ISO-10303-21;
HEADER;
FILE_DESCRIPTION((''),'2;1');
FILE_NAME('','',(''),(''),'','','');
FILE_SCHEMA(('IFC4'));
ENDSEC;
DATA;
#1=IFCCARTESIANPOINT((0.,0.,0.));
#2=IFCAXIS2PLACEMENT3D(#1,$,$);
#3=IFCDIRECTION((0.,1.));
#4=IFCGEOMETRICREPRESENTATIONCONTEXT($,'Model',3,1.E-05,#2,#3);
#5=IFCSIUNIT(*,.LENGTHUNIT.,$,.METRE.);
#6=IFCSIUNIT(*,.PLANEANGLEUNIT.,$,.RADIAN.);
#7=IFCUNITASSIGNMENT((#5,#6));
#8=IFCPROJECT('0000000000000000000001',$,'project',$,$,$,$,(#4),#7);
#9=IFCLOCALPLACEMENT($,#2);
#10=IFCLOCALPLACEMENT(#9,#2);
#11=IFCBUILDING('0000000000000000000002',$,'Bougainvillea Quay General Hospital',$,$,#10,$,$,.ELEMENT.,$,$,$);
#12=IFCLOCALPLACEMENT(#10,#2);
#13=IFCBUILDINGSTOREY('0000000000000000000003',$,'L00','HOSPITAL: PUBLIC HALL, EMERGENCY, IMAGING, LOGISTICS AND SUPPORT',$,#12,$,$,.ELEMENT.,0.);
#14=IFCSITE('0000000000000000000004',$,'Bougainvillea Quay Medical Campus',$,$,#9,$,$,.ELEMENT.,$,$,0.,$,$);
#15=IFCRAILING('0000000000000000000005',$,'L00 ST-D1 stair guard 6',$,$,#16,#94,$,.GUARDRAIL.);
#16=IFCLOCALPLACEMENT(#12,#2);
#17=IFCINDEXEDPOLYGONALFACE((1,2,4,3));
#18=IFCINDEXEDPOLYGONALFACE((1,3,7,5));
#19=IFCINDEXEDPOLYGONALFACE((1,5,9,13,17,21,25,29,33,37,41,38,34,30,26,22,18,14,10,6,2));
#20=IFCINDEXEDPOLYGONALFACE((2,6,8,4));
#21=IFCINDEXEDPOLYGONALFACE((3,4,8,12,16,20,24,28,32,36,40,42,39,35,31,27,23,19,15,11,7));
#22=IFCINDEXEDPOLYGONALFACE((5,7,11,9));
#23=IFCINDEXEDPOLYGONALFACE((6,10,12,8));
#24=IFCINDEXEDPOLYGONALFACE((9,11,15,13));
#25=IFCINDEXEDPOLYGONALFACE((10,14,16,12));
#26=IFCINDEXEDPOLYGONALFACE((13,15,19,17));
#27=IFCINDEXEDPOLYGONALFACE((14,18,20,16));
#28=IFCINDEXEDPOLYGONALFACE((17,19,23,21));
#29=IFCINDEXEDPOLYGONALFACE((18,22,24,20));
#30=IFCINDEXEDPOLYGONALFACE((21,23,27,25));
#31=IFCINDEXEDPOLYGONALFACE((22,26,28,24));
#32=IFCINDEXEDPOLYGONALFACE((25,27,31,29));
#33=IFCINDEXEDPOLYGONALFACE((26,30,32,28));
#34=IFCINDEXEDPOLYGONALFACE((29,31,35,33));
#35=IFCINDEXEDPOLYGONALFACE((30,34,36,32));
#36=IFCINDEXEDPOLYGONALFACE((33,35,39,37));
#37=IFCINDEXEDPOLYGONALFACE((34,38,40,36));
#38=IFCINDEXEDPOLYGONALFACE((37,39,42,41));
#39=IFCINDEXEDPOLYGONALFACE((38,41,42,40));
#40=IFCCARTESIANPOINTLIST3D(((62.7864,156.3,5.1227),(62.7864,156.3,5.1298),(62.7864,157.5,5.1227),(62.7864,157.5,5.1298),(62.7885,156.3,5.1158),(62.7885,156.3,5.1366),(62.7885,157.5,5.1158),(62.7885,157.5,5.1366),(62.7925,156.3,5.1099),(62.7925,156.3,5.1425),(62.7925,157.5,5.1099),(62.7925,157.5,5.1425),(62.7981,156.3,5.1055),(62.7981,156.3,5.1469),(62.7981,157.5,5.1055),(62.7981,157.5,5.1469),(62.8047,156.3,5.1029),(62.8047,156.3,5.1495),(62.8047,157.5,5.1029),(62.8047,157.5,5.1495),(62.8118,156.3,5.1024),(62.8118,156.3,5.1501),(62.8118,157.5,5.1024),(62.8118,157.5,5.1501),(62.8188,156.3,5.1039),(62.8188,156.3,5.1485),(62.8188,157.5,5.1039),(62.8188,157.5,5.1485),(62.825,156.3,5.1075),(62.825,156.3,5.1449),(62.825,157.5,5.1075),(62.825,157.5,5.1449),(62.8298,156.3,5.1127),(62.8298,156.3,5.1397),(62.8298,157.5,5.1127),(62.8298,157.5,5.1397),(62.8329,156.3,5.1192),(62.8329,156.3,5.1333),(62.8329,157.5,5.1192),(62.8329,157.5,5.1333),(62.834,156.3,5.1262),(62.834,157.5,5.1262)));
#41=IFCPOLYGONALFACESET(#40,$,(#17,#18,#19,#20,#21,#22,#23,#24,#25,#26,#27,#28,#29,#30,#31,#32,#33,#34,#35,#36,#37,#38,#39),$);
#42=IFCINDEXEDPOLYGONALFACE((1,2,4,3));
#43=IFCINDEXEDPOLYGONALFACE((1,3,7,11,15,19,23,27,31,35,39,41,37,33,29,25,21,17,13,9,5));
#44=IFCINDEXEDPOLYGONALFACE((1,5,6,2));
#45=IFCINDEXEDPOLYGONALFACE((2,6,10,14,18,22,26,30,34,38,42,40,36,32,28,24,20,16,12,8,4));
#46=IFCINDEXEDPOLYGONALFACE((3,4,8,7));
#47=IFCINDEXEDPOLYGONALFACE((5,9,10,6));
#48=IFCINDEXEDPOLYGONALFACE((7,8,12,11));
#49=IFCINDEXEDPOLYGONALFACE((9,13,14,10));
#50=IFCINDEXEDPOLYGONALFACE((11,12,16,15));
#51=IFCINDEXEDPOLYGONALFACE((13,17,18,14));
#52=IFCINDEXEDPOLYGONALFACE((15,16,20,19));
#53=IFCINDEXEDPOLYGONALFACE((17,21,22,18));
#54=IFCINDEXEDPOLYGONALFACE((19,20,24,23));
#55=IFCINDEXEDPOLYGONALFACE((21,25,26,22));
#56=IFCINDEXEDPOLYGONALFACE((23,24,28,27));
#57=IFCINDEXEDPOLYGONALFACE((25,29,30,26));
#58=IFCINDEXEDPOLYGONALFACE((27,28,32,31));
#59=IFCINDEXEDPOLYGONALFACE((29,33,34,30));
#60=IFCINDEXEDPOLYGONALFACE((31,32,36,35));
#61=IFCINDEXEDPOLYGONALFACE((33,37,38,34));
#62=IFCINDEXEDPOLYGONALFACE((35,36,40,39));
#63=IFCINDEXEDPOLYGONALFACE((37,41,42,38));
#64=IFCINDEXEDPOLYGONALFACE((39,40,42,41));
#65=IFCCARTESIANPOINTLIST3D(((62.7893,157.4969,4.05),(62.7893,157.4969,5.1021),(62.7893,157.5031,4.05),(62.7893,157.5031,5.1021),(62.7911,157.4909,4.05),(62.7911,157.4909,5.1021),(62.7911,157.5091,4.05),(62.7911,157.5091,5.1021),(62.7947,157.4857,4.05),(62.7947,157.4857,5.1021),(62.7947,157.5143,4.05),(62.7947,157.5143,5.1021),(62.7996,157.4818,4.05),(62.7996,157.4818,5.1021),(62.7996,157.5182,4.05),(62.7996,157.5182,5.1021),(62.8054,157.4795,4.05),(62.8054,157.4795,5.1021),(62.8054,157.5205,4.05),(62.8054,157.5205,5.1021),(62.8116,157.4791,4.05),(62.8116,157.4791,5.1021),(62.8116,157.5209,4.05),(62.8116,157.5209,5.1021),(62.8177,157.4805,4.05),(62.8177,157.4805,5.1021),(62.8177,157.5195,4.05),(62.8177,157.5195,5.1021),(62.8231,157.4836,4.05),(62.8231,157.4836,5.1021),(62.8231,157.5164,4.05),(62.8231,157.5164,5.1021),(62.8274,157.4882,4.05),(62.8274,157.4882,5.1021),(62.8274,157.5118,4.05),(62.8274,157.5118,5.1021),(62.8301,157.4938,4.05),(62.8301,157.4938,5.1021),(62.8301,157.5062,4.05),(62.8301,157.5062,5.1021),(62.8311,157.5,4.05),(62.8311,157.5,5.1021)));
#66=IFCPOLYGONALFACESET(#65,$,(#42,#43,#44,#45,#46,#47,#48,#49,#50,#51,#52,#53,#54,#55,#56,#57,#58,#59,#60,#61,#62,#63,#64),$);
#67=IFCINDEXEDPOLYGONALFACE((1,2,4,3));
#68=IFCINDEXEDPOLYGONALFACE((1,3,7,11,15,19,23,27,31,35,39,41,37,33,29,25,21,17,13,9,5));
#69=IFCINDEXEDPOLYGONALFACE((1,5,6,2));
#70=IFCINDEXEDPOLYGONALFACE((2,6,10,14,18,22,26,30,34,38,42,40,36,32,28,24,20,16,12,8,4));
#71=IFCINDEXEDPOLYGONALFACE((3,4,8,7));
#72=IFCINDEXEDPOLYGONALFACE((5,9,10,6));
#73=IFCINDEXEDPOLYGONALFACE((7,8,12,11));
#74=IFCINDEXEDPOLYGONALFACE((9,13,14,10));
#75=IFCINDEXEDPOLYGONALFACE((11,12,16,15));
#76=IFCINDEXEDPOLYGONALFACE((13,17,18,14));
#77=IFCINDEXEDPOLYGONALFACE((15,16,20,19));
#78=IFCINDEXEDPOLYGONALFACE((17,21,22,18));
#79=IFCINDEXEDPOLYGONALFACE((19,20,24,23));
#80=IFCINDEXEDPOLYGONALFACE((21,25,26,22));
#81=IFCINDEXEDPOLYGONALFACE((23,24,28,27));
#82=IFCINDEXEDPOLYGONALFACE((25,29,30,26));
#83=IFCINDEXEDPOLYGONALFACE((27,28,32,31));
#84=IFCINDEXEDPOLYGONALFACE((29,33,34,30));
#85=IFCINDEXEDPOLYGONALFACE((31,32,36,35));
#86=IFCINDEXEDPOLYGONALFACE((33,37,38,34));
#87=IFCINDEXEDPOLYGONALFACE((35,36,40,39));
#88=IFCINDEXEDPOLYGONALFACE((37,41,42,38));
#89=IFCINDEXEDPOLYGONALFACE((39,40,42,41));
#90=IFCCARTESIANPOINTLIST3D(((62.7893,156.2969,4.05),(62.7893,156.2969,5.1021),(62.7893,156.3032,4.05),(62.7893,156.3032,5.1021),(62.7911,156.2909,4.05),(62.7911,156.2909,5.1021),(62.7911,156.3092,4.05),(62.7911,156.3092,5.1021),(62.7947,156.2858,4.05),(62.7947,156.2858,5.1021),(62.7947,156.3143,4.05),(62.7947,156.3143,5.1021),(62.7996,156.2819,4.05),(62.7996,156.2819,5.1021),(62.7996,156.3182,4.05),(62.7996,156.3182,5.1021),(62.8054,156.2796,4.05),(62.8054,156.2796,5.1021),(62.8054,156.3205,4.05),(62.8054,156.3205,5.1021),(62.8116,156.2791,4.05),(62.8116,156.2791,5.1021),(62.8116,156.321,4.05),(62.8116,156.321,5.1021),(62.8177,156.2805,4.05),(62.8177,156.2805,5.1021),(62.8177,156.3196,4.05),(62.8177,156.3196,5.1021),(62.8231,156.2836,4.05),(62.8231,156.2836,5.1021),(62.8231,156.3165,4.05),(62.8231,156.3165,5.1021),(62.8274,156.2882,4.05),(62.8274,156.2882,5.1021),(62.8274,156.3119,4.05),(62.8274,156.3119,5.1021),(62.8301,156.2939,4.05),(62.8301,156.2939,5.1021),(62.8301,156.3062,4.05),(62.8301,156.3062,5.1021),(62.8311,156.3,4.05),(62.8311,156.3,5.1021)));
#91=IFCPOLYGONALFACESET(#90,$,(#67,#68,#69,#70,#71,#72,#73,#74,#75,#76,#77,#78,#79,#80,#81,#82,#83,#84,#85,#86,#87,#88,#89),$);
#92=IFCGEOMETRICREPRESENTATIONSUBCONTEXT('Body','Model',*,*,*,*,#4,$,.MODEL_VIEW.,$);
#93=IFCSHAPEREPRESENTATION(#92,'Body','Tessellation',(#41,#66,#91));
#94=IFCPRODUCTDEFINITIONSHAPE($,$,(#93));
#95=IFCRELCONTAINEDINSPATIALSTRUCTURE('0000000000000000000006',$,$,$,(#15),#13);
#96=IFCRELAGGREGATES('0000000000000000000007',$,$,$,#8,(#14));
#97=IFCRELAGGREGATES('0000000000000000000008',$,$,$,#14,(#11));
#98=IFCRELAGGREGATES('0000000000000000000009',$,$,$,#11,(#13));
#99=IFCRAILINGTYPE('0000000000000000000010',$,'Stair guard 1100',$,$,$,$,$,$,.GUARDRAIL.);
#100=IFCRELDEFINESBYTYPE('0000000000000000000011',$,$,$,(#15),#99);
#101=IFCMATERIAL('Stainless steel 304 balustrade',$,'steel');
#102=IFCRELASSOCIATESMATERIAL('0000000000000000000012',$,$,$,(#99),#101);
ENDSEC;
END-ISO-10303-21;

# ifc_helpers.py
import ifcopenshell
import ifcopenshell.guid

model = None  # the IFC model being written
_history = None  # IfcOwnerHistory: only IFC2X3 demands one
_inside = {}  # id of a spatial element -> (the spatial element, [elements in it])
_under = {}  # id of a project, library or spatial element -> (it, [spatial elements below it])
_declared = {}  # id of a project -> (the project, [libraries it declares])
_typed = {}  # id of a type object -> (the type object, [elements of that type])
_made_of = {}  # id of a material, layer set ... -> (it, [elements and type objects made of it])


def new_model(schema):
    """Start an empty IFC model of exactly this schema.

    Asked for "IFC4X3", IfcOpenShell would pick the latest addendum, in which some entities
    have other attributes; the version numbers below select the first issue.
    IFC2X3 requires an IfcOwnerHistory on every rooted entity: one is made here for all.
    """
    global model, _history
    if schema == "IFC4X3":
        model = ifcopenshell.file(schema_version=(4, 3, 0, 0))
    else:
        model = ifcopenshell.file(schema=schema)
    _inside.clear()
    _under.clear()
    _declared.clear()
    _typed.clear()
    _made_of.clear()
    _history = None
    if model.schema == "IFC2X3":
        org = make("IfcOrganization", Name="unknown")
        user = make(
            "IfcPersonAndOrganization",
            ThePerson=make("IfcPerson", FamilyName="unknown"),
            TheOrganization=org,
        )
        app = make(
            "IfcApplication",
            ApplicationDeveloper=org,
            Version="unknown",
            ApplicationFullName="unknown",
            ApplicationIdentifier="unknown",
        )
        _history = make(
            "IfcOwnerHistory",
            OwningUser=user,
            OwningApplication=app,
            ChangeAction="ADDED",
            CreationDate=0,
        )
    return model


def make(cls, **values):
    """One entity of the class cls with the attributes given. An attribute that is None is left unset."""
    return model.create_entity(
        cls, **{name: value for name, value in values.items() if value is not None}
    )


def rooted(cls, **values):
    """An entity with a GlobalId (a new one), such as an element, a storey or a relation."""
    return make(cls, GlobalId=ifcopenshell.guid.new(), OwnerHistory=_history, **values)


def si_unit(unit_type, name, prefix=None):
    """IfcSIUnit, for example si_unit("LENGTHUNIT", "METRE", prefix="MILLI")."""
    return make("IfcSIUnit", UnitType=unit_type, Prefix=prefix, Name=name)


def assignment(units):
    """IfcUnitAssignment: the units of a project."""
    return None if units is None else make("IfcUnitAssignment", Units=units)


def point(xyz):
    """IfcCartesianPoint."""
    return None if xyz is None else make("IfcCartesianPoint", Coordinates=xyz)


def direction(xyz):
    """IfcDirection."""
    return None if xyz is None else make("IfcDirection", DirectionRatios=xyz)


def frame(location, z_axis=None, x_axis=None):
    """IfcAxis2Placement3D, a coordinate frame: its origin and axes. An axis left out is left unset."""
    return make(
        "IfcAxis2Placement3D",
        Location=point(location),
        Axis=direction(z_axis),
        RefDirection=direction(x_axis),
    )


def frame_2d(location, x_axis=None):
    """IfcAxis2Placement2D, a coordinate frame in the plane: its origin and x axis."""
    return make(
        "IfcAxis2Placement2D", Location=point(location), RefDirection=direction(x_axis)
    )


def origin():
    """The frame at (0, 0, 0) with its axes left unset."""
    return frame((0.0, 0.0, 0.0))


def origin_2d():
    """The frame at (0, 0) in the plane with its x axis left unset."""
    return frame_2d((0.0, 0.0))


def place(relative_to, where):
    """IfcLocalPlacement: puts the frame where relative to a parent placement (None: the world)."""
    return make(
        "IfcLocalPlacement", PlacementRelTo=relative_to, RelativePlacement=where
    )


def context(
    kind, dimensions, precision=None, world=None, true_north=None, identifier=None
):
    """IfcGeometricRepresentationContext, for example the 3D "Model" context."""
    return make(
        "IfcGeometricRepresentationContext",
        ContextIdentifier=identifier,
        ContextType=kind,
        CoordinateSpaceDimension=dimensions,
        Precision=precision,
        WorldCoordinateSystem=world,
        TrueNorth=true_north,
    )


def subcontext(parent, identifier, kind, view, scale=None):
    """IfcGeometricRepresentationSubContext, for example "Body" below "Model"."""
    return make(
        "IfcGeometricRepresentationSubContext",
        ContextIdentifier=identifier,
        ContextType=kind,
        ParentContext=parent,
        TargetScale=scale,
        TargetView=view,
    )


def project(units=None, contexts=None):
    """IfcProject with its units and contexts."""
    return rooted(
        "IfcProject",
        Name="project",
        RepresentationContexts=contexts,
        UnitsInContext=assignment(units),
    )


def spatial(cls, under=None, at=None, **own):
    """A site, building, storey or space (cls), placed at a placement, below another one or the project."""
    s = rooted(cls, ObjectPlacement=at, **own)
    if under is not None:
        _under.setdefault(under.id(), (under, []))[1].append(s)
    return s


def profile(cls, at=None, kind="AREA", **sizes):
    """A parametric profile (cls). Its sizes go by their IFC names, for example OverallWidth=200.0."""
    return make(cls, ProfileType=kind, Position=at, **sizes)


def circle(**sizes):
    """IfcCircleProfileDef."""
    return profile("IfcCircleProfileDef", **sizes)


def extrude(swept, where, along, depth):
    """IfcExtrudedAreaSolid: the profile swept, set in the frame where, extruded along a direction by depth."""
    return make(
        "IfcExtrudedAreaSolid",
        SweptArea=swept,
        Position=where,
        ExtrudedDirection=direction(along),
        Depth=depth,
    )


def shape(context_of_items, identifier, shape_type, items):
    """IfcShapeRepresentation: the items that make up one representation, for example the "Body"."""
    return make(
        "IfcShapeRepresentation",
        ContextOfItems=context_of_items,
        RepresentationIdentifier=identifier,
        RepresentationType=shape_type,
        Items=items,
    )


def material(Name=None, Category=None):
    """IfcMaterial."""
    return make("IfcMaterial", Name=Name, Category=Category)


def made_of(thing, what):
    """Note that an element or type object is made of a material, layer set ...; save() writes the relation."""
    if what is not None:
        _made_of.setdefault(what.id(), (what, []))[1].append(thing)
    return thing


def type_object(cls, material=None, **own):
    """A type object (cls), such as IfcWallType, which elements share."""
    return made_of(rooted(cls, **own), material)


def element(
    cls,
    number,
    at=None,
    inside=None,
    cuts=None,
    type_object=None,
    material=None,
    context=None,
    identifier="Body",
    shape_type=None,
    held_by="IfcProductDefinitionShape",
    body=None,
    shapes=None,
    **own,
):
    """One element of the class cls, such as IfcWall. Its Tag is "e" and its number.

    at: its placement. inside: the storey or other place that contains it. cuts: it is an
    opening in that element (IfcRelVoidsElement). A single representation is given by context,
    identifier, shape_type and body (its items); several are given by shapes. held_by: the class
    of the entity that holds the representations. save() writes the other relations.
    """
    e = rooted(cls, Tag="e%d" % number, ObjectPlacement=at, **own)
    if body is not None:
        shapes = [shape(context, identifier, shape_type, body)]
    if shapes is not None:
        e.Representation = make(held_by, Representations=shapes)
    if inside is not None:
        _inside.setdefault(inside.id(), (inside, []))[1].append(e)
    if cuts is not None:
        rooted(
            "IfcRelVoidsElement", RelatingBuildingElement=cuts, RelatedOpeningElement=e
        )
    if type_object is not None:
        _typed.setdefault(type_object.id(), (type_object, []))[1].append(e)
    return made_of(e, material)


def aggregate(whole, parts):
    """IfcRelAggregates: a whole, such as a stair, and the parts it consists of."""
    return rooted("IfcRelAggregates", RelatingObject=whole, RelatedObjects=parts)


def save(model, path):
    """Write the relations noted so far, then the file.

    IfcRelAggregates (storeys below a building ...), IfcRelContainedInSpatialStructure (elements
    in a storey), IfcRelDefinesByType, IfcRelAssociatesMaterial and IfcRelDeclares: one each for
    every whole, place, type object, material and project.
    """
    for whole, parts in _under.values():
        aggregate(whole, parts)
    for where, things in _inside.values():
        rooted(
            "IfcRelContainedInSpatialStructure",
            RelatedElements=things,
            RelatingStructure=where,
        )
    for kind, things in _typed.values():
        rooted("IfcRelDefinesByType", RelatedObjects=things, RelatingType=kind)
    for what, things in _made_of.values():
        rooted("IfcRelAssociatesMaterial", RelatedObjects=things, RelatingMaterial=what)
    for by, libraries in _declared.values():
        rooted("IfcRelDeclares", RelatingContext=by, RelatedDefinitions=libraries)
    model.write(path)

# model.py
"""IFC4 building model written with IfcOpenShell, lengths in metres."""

from ifc_helpers import new_model, si_unit, direction, frame, origin, origin_2d, place, context, subcontext, project, spatial, circle, extrude, material, type_object, element, save


model = new_model("IFC4")

# Units and contexts
model_context = context("Model", 3, precision=1e-05, world=origin(), true_north=direction((0.0, 1.0)))
body_context = subcontext(model_context, "Body", "Model", "MODEL_VIEW")
ifc_project = project(units=[si_unit("LENGTHUNIT", "METRE"), si_unit("PLANEANGLEUNIT", "RADIAN")], contexts=[model_context])

# Site, building, storey
site_placement = place(None, origin())
site = spatial("IfcSite", under=ifc_project, at=site_placement, Name="Bougainvillea Quay Medical Campus", CompositionType="ELEMENT", RefElevation=0.0)
building_placement = place(site_placement, origin())
building = spatial("IfcBuilding", under=site, at=building_placement, Name="Bougainvillea Quay General Hospital", CompositionType="ELEMENT")
storey_placement = place(building_placement, origin())
storey = spatial("IfcBuildingStorey", under=building, at=storey_placement, Name="L00", Description="HOSPITAL: PUBLIC HALL, EMERGENCY, IMAGING, LOGISTICS AND SUPPORT", CompositionType="ELEMENT", Elevation=0.0)

# Railing
ifc_material_1 = material(Name="Stainless steel 304 balustrade", Category="steel")
railing_type_1 = type_object("IfcRailingType", Name="Stair guard 1100", PredefinedType="GUARDRAIL", material=ifc_material_1)
railing_1_placement = place(storey_placement, frame((62.8101, 157.5, 4.05)))
element("IfcRailing", 1, at=railing_1_placement, inside=storey, type_object=railing_type_1, Name="L00 ST-D1 stair guard 6", PredefinedType="GUARDRAIL", context=body_context, shape_type="SweptSolid", body=[
    extrude(circle(Radius=0.0239, at=origin_2d()), frame((0.0, 0.0, 1.0762), z_axis=(0.0, -1.0, 0.0), x_axis=(1.0, 0.0, 0.0)), (0.0, 0.0, 1.0), 1.2),
    extrude(circle(Radius=0.021, at=origin_2d()), origin(), (0.0, 0.0, 1.0), 1.052),
    extrude(circle(Radius=0.021, at=origin_2d()), frame((0.0, -1.2, 0.0)), (0.0, 0.0, 1.0), 1.052),
])

save(model, "model.ifc")
